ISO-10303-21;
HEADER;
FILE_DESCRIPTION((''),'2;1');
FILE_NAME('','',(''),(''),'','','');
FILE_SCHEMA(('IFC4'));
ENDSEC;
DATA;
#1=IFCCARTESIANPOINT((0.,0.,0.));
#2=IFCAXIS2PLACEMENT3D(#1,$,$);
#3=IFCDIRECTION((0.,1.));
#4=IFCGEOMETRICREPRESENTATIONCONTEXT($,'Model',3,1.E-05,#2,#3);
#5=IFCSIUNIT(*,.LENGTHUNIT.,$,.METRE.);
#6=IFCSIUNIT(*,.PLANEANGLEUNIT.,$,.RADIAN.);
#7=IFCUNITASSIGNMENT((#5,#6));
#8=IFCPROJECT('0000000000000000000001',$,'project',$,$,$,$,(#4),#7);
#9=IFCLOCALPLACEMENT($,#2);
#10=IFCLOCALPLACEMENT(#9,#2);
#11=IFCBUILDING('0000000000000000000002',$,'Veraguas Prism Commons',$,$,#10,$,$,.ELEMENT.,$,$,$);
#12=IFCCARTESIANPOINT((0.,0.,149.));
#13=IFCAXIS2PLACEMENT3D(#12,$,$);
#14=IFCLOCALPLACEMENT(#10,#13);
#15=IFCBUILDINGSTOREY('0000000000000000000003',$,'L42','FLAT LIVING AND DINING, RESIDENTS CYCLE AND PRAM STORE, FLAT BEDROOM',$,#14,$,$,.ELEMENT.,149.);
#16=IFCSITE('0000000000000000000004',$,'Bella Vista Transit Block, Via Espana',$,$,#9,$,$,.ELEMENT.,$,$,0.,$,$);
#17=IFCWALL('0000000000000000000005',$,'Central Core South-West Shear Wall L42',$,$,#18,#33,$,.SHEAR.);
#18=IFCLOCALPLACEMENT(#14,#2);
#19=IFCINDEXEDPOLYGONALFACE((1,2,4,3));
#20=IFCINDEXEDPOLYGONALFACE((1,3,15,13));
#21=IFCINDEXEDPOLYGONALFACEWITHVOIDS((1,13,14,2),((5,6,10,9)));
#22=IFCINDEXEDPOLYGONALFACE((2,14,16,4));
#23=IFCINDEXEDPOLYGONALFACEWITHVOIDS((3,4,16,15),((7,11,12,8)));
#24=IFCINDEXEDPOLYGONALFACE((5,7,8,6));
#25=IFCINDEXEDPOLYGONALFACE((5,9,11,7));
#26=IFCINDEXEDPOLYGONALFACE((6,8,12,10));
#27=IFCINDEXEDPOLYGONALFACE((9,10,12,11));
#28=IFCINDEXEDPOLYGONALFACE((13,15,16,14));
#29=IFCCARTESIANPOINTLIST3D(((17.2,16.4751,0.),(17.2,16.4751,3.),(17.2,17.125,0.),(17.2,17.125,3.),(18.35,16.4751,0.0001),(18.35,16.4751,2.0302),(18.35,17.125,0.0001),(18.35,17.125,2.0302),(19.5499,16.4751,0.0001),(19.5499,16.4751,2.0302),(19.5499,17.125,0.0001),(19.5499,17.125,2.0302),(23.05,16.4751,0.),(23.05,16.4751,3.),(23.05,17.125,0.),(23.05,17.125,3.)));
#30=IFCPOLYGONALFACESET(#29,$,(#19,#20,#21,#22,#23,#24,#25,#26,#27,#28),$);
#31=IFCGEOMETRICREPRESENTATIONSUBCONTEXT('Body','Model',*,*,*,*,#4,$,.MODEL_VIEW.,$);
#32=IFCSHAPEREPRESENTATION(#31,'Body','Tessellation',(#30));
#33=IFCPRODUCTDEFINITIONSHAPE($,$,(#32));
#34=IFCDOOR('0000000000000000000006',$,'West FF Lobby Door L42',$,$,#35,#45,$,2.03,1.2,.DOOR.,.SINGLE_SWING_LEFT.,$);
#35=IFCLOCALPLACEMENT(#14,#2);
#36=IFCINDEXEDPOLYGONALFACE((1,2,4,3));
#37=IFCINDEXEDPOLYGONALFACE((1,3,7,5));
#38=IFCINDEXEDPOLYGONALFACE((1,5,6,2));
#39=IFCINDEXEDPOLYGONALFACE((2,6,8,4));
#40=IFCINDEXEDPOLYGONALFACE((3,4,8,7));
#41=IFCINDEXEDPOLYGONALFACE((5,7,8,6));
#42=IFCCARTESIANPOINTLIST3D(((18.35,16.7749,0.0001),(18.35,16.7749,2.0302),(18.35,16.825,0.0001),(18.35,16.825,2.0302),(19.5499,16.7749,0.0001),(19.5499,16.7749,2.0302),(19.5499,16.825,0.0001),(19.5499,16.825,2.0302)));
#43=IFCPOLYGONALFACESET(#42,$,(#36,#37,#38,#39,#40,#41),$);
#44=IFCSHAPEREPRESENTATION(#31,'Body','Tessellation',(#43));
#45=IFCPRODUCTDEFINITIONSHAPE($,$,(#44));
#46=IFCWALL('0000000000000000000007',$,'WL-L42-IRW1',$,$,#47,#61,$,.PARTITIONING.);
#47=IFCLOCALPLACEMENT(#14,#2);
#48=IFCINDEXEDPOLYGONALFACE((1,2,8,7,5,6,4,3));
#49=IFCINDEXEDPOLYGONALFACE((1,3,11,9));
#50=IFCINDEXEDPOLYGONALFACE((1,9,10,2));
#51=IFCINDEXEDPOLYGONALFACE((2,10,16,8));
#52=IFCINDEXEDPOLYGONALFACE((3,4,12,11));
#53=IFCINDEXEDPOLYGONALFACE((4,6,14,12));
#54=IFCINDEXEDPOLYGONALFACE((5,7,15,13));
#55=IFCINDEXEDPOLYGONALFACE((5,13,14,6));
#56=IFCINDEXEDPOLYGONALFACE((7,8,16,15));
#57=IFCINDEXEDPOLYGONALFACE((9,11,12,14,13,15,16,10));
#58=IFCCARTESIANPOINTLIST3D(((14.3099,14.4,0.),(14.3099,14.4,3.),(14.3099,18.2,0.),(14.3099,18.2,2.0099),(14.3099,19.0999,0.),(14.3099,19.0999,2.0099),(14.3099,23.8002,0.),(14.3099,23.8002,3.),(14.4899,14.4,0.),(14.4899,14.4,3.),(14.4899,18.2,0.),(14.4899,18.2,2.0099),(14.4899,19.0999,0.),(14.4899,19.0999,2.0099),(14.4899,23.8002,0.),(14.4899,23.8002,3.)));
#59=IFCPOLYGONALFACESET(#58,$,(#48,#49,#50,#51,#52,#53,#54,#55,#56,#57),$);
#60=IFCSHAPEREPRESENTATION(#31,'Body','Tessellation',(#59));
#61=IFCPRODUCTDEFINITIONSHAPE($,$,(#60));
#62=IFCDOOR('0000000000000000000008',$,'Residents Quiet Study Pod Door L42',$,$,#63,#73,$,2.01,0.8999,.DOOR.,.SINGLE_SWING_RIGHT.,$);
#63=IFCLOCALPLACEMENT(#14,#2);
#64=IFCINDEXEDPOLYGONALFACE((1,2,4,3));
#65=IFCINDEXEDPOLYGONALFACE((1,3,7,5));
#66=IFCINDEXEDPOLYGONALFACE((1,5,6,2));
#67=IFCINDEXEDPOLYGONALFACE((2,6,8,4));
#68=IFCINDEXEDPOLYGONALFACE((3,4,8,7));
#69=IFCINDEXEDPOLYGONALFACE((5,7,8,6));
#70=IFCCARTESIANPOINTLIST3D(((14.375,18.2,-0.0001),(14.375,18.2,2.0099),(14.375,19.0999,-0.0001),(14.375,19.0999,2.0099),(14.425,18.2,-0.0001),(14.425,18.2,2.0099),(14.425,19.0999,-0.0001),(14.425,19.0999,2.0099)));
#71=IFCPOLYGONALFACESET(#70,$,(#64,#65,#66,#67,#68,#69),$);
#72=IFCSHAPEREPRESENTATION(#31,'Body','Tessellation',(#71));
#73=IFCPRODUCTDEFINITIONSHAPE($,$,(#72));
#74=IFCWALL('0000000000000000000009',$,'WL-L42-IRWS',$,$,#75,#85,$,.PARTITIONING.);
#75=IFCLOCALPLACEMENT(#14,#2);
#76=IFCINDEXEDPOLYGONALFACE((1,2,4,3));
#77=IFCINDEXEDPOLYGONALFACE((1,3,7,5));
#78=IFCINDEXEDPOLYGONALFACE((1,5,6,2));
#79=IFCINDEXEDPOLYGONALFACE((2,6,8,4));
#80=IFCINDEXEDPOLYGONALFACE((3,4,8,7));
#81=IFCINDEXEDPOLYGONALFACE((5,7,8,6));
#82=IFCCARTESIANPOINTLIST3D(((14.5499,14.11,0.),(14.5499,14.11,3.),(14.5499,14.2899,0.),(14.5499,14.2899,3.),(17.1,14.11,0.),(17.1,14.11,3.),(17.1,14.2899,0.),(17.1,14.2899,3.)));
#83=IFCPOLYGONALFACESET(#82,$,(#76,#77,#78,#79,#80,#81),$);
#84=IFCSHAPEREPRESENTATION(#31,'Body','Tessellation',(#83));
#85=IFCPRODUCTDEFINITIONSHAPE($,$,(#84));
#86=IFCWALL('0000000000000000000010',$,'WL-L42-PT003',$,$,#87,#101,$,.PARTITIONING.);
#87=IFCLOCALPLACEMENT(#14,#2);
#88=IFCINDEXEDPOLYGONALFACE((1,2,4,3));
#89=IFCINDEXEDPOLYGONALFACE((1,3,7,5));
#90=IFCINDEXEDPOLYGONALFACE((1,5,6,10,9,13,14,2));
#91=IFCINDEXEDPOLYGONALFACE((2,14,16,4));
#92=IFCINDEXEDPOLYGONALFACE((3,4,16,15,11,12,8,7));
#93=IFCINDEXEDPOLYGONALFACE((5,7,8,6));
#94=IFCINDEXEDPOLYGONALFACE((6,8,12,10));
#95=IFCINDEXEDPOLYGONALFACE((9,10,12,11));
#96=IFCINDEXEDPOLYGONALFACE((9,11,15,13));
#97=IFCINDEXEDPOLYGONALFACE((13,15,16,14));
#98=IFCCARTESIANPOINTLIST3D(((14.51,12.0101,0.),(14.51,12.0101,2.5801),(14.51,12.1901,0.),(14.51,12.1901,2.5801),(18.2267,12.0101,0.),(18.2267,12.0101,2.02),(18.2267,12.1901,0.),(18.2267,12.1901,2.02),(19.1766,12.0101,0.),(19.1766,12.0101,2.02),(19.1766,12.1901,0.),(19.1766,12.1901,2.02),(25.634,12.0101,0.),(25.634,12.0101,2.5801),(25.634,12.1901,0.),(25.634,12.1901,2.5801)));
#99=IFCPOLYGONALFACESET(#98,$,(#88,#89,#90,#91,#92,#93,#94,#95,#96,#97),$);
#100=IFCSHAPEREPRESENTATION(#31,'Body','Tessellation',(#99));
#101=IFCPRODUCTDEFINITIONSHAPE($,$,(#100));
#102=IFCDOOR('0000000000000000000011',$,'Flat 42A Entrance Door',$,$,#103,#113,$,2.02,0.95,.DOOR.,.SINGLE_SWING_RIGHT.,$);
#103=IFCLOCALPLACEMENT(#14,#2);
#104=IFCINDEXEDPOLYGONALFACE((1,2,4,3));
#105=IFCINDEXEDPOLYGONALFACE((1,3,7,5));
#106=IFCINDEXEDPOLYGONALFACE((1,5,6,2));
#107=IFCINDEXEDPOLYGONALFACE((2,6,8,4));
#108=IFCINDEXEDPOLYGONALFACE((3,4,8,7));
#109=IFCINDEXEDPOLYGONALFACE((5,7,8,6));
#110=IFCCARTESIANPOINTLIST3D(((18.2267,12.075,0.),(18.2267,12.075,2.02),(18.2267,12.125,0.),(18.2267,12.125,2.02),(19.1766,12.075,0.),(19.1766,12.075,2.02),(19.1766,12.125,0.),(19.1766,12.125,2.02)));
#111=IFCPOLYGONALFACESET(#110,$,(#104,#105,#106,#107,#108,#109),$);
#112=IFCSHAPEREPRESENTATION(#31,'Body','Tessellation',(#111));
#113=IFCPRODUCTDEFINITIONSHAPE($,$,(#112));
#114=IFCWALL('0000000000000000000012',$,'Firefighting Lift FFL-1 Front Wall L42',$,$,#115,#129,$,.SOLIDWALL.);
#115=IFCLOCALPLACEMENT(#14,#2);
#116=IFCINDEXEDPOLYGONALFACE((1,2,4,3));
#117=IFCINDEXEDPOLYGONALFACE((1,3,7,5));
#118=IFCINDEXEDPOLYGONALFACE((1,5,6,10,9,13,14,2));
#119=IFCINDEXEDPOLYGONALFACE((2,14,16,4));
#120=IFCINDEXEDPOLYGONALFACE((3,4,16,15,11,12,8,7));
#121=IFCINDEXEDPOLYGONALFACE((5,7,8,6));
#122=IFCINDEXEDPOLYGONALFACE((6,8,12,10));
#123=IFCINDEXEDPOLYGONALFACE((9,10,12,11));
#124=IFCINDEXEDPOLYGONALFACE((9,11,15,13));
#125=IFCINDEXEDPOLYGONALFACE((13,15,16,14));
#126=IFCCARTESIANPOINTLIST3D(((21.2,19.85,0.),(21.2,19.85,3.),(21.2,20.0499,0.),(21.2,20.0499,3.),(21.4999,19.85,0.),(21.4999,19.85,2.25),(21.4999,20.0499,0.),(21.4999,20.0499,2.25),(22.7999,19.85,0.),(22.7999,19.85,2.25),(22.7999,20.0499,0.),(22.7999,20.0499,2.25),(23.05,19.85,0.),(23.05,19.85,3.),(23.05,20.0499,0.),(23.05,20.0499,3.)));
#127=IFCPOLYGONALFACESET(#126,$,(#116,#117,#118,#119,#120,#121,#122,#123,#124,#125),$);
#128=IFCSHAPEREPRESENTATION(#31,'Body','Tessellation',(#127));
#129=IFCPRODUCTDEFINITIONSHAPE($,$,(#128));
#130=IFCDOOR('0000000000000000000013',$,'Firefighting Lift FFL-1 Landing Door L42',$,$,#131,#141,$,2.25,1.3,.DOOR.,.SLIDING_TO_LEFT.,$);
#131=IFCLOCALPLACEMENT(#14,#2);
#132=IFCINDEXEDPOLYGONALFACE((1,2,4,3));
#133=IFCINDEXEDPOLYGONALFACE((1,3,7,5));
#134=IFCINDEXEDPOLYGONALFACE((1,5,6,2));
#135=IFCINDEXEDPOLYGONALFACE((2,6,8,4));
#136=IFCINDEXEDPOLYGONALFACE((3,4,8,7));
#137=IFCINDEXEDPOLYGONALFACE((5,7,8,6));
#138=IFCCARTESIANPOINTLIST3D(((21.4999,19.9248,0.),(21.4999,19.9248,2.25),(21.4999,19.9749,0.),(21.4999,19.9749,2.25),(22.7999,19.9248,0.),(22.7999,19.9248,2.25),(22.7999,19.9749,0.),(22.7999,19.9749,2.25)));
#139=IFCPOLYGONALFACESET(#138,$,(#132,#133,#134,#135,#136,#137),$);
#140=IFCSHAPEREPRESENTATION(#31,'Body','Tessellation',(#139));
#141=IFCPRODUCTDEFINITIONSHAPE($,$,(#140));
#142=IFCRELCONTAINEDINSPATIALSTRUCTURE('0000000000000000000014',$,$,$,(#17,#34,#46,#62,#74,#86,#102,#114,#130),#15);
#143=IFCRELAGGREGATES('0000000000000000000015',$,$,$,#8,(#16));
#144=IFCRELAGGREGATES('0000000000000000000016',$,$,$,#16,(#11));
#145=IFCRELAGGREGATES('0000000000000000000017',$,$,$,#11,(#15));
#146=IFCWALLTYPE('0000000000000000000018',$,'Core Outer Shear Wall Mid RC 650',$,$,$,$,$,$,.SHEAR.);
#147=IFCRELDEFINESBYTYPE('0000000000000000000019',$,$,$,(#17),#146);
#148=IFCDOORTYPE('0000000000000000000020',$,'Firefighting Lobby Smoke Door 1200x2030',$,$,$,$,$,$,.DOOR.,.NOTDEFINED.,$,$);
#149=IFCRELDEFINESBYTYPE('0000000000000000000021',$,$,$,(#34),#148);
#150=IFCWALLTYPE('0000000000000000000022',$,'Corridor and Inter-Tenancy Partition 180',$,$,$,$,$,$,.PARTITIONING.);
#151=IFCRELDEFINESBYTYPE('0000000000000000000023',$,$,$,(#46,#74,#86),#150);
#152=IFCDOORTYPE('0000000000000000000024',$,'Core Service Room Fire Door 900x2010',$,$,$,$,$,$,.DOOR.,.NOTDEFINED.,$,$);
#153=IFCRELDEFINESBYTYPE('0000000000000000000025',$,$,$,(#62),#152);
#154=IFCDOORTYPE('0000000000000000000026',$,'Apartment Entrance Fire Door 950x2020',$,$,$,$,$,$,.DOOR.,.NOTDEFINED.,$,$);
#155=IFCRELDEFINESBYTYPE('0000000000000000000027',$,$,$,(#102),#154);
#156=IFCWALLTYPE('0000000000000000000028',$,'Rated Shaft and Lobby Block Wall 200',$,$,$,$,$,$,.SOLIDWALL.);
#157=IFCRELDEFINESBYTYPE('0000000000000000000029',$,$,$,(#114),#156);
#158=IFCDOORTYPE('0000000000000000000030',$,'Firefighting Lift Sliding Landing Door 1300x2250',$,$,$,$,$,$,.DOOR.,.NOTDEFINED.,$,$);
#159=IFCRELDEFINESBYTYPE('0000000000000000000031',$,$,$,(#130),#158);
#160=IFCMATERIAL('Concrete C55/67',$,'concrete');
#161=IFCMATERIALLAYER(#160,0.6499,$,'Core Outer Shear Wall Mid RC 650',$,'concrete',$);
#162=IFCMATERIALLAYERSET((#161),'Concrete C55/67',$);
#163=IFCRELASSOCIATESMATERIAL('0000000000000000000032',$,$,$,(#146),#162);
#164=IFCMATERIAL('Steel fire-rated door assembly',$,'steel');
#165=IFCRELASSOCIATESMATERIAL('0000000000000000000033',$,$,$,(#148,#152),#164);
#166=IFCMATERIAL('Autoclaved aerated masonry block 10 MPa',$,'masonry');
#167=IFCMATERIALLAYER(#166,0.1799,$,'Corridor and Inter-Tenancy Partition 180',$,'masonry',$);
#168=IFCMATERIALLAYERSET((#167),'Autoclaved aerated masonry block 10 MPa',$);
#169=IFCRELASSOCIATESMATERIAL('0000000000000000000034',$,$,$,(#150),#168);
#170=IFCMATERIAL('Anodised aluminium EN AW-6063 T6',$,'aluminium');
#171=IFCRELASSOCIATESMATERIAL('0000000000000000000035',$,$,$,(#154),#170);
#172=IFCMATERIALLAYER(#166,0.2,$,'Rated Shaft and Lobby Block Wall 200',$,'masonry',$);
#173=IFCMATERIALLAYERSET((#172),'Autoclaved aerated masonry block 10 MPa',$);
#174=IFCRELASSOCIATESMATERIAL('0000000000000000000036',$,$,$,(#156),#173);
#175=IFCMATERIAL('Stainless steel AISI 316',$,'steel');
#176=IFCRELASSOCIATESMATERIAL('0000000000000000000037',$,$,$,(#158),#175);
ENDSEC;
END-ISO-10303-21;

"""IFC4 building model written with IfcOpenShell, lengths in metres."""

from ifc_helpers import new_model, si_unit, direction, frame, frame_2d, origin, place, context, subcontext, project, spatial, rectangle, extrude, source, transform, mapped, material, layer, layer_set, type_object, element, fill, save


model = new_model("IFC4")

# Units and contexts
model_context = context("Model", 3, precision=1e-05, world=origin(), true_north=direction((0.0, 1.0)))
body_context = subcontext(model_context, "Body", "Model", "MODEL_VIEW")
ifc_project = project(units=[si_unit("LENGTHUNIT", "METRE"), si_unit("PLANEANGLEUNIT", "RADIAN")], contexts=[model_context])

# Site, building, storey
site_placement = place(None, origin())
site = spatial("IfcSite", under=ifc_project, at=site_placement, Name="Bella Vista Transit Block, Via Espana", CompositionType="ELEMENT", RefElevation=0.0)
building_placement = place(site_placement, origin())
building = spatial("IfcBuilding", under=site, at=building_placement, Name="Veraguas Prism Commons", CompositionType="ELEMENT")
storey_placement = place(building_placement, frame((0.0, 0.0, 149.0)))
storey = spatial("IfcBuildingStorey", under=building, at=storey_placement, Name="L42", Description="FLAT LIVING AND DINING, RESIDENTS CYCLE AND PRAM STORE, FLAT BEDROOM", CompositionType="ELEMENT", Elevation=149.0)

# Shared definitions
ifc_material_1 = material(Name="Steel fire-rated door assembly", Category="steel")

# Shared definitions
ifc_material_2 = material(Name="Concrete C55/67", Category="concrete")
ifc_layer_1 = layer(ifc_material_2, 0.6499, Name="Core Outer Shear Wall Mid RC 650", Category="concrete")
ifc_layer_set_1 = layer_set([ifc_layer_1], Name="Concrete C55/67")
wall_type_1 = type_object("IfcWallType", Name="Core Outer Shear Wall Mid RC 650", PredefinedType="SHEAR", material=ifc_layer_set_1)

# Walls, openings, doors
wall_1_placement = place(storey_placement, frame((17.2, 16.8, 0.0), z_axis=(0.0, 0.0, 1.0), x_axis=(1.0, 0.0, 0.0)))
wall_1 = element("IfcWall", 1, at=wall_1_placement, inside=storey, type_object=wall_type_1, Name="Central Core South-West Shear Wall L42", PredefinedType="SHEAR", context=body_context, shape_type="SweptSolid", body=[
    extrude(rectangle(XDim=5.8501, YDim=0.6499, at=frame_2d((2.925, 0.0))), origin(), (0.0, 0.0, 1.0), 3.0),
])
opening_1_placement = place(wall_1_placement, frame((1.1499, 0.0, 0.0)))
opening_1 = element("IfcOpeningElement", 2, at=opening_1_placement, cuts=wall_1, PredefinedType="OPENING", context=body_context, shape_type="SweptSolid", body=[
    extrude(rectangle(XDim=1.2, YDim=2.03, at=frame_2d((0.6001, 1.0151))), frame((0.0, 0.335, 0.0), z_axis=(0.0, -1.0, 0.0), x_axis=(1.0, 0.0, 0.0)), (0.0, 0.0, 1.0), 0.6699),
])
door_type_1 = type_object("IfcDoorType", Name="Firefighting Lobby Smoke Door 1200x2030", OperationType="NOTDEFINED", PredefinedType="DOOR", material=ifc_material_1)
shared_shape_1 = source(origin(), body_context, "Body", "SweptSolid", [
    extrude(rectangle(XDim=1.2, YDim=2.03, at=frame_2d((0.6001, 1.0151))), frame((0.0, 0.0249, 0.0), z_axis=(0.0, -1.0, 0.0), x_axis=(1.0, 0.0, 0.0)), (0.0, 0.0, 1.0), 0.05),
])
door_1_placement = place(opening_1_placement, origin())
door_1 = element("IfcDoor", 3, at=door_1_placement, inside=storey, type_object=door_type_1, Name="West FF Lobby Door L42", OperationType="SINGLE_SWING_LEFT", OverallHeight=2.03, OverallWidth=1.2, PredefinedType="DOOR", context=body_context, shape_type="MappedRepresentation", body=[
    mapped(shared_shape_1, transform((0.0, 0.0, 0.0), scale=1.0)),
])
fill(opening_1, door_1)
ifc_material_3 = material(Name="Autoclaved aerated masonry block 10 MPa", Category="masonry")
ifc_layer_2 = layer(ifc_material_3, 0.1799, Name="Corridor and Inter-Tenancy Partition 180", Category="masonry")
ifc_layer_set_2 = layer_set([ifc_layer_2], Name="Autoclaved aerated masonry block 10 MPa")
wall_type_2 = type_object("IfcWallType", Name="Corridor and Inter-Tenancy Partition 180", PredefinedType="PARTITIONING", material=ifc_layer_set_2)
wall_2_placement = place(storey_placement, frame((14.3999, 14.3999, 0.0), z_axis=(0.0, 0.0, 1.0), x_axis=(0.0, 1.0, 0.0)))
wall_2 = element("IfcWall", 4, at=wall_2_placement, inside=storey, type_object=wall_type_2, Name="WL-L42-IRW1", PredefinedType="PARTITIONING", context=body_context, shape_type="SweptSolid", body=[
    extrude(rectangle(XDim=9.4001, YDim=0.1799, at=frame_2d((4.7002, 0.0))), origin(), (0.0, 0.0, 1.0), 3.0),
])
opening_2_placement = place(wall_2_placement, frame((3.8, 0.0, 0.0)))
opening_2 = element("IfcOpeningElement", 5, at=opening_2_placement, cuts=wall_2, PredefinedType="OPENING", context=body_context, shape_type="SweptSolid", body=[
    extrude(rectangle(XDim=0.8999, YDim=2.01, at=frame_2d((0.45, 1.0049))), frame((0.0, 0.0999, 0.0), z_axis=(0.0, -1.0, 0.0), x_axis=(1.0, 0.0, 0.0)), (0.0, 0.0, 1.0), 0.2),
])
door_type_2 = type_object("IfcDoorType", Name="Core Service Room Fire Door 900x2010", OperationType="NOTDEFINED", PredefinedType="DOOR", material=ifc_material_1)
shared_shape_2 = source(origin(), body_context, "Body", "SweptSolid", [
    extrude(rectangle(XDim=0.8999, YDim=2.01, at=frame_2d((0.45, 1.0049))), frame((0.0, 0.0249, 0.0), z_axis=(0.0, -1.0, 0.0), x_axis=(1.0, 0.0, 0.0)), (0.0, 0.0, 1.0), 0.05),
])
door_2_placement = place(opening_2_placement, origin())
door_2 = element("IfcDoor", 6, at=door_2_placement, inside=storey, type_object=door_type_2, Name="Residents Quiet Study Pod Door L42", OperationType="SINGLE_SWING_RIGHT", OverallHeight=2.01, OverallWidth=0.8999, PredefinedType="DOOR", context=body_context, shape_type="MappedRepresentation", body=[
    mapped(shared_shape_2, transform((0.0, 0.0, 0.0), scale=1.0)),
])
fill(opening_2, door_2)

# Wall
wall_3_placement = place(storey_placement, frame((14.55, 14.2, 0.0), z_axis=(0.0, 0.0, 1.0), x_axis=(1.0, 0.0, 0.0)))
element("IfcWall", 7, at=wall_3_placement, inside=storey, type_object=wall_type_2, Name="WL-L42-IRWS", PredefinedType="PARTITIONING", context=body_context, shape_type="SweptSolid", body=[
    extrude(rectangle(XDim=2.55, YDim=0.1799, at=frame_2d((1.2749, 0.0))), origin(), (0.0, 0.0, 1.0), 3.0),
])

# Walls, openings, doors
wall_4_placement = place(storey_placement, frame((14.51, 12.1001, 0.0), z_axis=(0.0, 0.0, 1.0), x_axis=(1.0, 0.0, 0.0)))
wall_4 = element("IfcWall", 8, at=wall_4_placement, inside=storey, type_object=wall_type_2, Name="WL-L42-PT003", PredefinedType="PARTITIONING", context=body_context, shape_type="SweptSolid", body=[
    extrude(rectangle(XDim=11.124, YDim=0.1799, at=frame_2d((5.562, 0.0))), origin(), (0.0, 0.0, 1.0), 2.5801),
])
opening_3_placement = place(wall_4_placement, frame((3.7166, 0.0, 0.0)))
opening_3 = element("IfcOpeningElement", 9, at=opening_3_placement, cuts=wall_4, PredefinedType="OPENING", context=body_context, shape_type="SweptSolid", body=[
    extrude(rectangle(XDim=0.95, YDim=2.02, at=frame_2d((0.4751, 1.01))), frame((0.0, 0.0999, 0.0), z_axis=(0.0, -1.0, 0.0), x_axis=(1.0, 0.0, 0.0)), (0.0, 0.0, 1.0), 0.2),
])
ifc_material_4 = material(Name="Anodised aluminium EN AW-6063 T6", Category="aluminium")
door_type_3 = type_object("IfcDoorType", Name="Apartment Entrance Fire Door 950x2020", OperationType="NOTDEFINED", PredefinedType="DOOR", material=ifc_material_4)
shared_shape_3 = source(origin(), body_context, "Body", "SweptSolid", [
    extrude(rectangle(XDim=0.95, YDim=2.02, at=frame_2d((0.4751, 1.01))), frame((0.0, 0.0249, 0.0), z_axis=(0.0, -1.0, 0.0), x_axis=(1.0, 0.0, 0.0)), (0.0, 0.0, 1.0), 0.05),
])
door_3_placement = place(opening_3_placement, origin())
door_3 = element("IfcDoor", 10, at=door_3_placement, inside=storey, type_object=door_type_3, Name="Flat 42A Entrance Door", OperationType="SINGLE_SWING_RIGHT", OverallHeight=2.02, OverallWidth=0.95, PredefinedType="DOOR", context=body_context, shape_type="MappedRepresentation", body=[
    mapped(shared_shape_3, transform((0.0, 0.0, 0.0), scale=1.0)),
])
fill(opening_3, door_3)
ifc_layer_3 = layer(ifc_material_3, 0.2, Name="Rated Shaft and Lobby Block Wall 200", Category="masonry")
ifc_layer_set_3 = layer_set([ifc_layer_3], Name="Autoclaved aerated masonry block 10 MPa")
wall_type_3 = type_object("IfcWallType", Name="Rated Shaft and Lobby Block Wall 200", PredefinedType="SOLIDWALL", material=ifc_layer_set_3)
wall_5_placement = place(storey_placement, frame((21.2, 19.95, 0.0), z_axis=(0.0, 0.0, 1.0), x_axis=(1.0, 0.0, 0.0)))
wall_5 = element("IfcWall", 11, at=wall_5_placement, inside=storey, type_object=wall_type_3, Name="Firefighting Lift FFL-1 Front Wall L42", PredefinedType="SOLIDWALL", context=body_context, shape_type="SweptSolid", body=[
    extrude(rectangle(XDim=1.8501, YDim=0.2, at=frame_2d((0.925, 0.0))), origin(), (0.0, 0.0, 1.0), 3.0),
])
opening_4_placement = place(wall_5_placement, frame((0.3, 0.0, 0.0)))
opening_4 = element("IfcOpeningElement", 12, at=opening_4_placement, cuts=wall_5, PredefinedType="OPENING", context=body_context, shape_type="SweptSolid", body=[
    extrude(rectangle(XDim=1.3, YDim=2.25, at=frame_2d((0.6499, 1.125))), frame((0.0, 0.1099, 0.0), z_axis=(0.0, -1.0, 0.0), x_axis=(1.0, 0.0, 0.0)), (0.0, 0.0, 1.0), 0.22),
])
ifc_material_5 = material(Name="Stainless steel AISI 316", Category="steel")
door_type_4 = type_object("IfcDoorType", Name="Firefighting Lift Sliding Landing Door 1300x2250", OperationType="NOTDEFINED", PredefinedType="DOOR", material=ifc_material_5)
shared_shape_4 = source(origin(), body_context, "Body", "SweptSolid", [
    extrude(rectangle(XDim=1.3, YDim=2.25, at=frame_2d((0.6499, 1.125))), frame((0.0, 0.0249, 0.0), z_axis=(0.0, -1.0, 0.0), x_axis=(1.0, 0.0, 0.0)), (0.0, 0.0, 1.0), 0.05),
])
door_4_placement = place(opening_4_placement, origin())
door_4 = element("IfcDoor", 13, at=door_4_placement, inside=storey, type_object=door_type_4, Name="Firefighting Lift FFL-1 Landing Door L42", OperationType="SLIDING_TO_LEFT", OverallHeight=2.25, OverallWidth=1.3, PredefinedType="DOOR", context=body_context, shape_type="MappedRepresentation", body=[
    mapped(shared_shape_4, transform((0.0, 0.0, 0.0), scale=1.0)),
])
fill(opening_4, door_4)

save(model, "model.ifc")
